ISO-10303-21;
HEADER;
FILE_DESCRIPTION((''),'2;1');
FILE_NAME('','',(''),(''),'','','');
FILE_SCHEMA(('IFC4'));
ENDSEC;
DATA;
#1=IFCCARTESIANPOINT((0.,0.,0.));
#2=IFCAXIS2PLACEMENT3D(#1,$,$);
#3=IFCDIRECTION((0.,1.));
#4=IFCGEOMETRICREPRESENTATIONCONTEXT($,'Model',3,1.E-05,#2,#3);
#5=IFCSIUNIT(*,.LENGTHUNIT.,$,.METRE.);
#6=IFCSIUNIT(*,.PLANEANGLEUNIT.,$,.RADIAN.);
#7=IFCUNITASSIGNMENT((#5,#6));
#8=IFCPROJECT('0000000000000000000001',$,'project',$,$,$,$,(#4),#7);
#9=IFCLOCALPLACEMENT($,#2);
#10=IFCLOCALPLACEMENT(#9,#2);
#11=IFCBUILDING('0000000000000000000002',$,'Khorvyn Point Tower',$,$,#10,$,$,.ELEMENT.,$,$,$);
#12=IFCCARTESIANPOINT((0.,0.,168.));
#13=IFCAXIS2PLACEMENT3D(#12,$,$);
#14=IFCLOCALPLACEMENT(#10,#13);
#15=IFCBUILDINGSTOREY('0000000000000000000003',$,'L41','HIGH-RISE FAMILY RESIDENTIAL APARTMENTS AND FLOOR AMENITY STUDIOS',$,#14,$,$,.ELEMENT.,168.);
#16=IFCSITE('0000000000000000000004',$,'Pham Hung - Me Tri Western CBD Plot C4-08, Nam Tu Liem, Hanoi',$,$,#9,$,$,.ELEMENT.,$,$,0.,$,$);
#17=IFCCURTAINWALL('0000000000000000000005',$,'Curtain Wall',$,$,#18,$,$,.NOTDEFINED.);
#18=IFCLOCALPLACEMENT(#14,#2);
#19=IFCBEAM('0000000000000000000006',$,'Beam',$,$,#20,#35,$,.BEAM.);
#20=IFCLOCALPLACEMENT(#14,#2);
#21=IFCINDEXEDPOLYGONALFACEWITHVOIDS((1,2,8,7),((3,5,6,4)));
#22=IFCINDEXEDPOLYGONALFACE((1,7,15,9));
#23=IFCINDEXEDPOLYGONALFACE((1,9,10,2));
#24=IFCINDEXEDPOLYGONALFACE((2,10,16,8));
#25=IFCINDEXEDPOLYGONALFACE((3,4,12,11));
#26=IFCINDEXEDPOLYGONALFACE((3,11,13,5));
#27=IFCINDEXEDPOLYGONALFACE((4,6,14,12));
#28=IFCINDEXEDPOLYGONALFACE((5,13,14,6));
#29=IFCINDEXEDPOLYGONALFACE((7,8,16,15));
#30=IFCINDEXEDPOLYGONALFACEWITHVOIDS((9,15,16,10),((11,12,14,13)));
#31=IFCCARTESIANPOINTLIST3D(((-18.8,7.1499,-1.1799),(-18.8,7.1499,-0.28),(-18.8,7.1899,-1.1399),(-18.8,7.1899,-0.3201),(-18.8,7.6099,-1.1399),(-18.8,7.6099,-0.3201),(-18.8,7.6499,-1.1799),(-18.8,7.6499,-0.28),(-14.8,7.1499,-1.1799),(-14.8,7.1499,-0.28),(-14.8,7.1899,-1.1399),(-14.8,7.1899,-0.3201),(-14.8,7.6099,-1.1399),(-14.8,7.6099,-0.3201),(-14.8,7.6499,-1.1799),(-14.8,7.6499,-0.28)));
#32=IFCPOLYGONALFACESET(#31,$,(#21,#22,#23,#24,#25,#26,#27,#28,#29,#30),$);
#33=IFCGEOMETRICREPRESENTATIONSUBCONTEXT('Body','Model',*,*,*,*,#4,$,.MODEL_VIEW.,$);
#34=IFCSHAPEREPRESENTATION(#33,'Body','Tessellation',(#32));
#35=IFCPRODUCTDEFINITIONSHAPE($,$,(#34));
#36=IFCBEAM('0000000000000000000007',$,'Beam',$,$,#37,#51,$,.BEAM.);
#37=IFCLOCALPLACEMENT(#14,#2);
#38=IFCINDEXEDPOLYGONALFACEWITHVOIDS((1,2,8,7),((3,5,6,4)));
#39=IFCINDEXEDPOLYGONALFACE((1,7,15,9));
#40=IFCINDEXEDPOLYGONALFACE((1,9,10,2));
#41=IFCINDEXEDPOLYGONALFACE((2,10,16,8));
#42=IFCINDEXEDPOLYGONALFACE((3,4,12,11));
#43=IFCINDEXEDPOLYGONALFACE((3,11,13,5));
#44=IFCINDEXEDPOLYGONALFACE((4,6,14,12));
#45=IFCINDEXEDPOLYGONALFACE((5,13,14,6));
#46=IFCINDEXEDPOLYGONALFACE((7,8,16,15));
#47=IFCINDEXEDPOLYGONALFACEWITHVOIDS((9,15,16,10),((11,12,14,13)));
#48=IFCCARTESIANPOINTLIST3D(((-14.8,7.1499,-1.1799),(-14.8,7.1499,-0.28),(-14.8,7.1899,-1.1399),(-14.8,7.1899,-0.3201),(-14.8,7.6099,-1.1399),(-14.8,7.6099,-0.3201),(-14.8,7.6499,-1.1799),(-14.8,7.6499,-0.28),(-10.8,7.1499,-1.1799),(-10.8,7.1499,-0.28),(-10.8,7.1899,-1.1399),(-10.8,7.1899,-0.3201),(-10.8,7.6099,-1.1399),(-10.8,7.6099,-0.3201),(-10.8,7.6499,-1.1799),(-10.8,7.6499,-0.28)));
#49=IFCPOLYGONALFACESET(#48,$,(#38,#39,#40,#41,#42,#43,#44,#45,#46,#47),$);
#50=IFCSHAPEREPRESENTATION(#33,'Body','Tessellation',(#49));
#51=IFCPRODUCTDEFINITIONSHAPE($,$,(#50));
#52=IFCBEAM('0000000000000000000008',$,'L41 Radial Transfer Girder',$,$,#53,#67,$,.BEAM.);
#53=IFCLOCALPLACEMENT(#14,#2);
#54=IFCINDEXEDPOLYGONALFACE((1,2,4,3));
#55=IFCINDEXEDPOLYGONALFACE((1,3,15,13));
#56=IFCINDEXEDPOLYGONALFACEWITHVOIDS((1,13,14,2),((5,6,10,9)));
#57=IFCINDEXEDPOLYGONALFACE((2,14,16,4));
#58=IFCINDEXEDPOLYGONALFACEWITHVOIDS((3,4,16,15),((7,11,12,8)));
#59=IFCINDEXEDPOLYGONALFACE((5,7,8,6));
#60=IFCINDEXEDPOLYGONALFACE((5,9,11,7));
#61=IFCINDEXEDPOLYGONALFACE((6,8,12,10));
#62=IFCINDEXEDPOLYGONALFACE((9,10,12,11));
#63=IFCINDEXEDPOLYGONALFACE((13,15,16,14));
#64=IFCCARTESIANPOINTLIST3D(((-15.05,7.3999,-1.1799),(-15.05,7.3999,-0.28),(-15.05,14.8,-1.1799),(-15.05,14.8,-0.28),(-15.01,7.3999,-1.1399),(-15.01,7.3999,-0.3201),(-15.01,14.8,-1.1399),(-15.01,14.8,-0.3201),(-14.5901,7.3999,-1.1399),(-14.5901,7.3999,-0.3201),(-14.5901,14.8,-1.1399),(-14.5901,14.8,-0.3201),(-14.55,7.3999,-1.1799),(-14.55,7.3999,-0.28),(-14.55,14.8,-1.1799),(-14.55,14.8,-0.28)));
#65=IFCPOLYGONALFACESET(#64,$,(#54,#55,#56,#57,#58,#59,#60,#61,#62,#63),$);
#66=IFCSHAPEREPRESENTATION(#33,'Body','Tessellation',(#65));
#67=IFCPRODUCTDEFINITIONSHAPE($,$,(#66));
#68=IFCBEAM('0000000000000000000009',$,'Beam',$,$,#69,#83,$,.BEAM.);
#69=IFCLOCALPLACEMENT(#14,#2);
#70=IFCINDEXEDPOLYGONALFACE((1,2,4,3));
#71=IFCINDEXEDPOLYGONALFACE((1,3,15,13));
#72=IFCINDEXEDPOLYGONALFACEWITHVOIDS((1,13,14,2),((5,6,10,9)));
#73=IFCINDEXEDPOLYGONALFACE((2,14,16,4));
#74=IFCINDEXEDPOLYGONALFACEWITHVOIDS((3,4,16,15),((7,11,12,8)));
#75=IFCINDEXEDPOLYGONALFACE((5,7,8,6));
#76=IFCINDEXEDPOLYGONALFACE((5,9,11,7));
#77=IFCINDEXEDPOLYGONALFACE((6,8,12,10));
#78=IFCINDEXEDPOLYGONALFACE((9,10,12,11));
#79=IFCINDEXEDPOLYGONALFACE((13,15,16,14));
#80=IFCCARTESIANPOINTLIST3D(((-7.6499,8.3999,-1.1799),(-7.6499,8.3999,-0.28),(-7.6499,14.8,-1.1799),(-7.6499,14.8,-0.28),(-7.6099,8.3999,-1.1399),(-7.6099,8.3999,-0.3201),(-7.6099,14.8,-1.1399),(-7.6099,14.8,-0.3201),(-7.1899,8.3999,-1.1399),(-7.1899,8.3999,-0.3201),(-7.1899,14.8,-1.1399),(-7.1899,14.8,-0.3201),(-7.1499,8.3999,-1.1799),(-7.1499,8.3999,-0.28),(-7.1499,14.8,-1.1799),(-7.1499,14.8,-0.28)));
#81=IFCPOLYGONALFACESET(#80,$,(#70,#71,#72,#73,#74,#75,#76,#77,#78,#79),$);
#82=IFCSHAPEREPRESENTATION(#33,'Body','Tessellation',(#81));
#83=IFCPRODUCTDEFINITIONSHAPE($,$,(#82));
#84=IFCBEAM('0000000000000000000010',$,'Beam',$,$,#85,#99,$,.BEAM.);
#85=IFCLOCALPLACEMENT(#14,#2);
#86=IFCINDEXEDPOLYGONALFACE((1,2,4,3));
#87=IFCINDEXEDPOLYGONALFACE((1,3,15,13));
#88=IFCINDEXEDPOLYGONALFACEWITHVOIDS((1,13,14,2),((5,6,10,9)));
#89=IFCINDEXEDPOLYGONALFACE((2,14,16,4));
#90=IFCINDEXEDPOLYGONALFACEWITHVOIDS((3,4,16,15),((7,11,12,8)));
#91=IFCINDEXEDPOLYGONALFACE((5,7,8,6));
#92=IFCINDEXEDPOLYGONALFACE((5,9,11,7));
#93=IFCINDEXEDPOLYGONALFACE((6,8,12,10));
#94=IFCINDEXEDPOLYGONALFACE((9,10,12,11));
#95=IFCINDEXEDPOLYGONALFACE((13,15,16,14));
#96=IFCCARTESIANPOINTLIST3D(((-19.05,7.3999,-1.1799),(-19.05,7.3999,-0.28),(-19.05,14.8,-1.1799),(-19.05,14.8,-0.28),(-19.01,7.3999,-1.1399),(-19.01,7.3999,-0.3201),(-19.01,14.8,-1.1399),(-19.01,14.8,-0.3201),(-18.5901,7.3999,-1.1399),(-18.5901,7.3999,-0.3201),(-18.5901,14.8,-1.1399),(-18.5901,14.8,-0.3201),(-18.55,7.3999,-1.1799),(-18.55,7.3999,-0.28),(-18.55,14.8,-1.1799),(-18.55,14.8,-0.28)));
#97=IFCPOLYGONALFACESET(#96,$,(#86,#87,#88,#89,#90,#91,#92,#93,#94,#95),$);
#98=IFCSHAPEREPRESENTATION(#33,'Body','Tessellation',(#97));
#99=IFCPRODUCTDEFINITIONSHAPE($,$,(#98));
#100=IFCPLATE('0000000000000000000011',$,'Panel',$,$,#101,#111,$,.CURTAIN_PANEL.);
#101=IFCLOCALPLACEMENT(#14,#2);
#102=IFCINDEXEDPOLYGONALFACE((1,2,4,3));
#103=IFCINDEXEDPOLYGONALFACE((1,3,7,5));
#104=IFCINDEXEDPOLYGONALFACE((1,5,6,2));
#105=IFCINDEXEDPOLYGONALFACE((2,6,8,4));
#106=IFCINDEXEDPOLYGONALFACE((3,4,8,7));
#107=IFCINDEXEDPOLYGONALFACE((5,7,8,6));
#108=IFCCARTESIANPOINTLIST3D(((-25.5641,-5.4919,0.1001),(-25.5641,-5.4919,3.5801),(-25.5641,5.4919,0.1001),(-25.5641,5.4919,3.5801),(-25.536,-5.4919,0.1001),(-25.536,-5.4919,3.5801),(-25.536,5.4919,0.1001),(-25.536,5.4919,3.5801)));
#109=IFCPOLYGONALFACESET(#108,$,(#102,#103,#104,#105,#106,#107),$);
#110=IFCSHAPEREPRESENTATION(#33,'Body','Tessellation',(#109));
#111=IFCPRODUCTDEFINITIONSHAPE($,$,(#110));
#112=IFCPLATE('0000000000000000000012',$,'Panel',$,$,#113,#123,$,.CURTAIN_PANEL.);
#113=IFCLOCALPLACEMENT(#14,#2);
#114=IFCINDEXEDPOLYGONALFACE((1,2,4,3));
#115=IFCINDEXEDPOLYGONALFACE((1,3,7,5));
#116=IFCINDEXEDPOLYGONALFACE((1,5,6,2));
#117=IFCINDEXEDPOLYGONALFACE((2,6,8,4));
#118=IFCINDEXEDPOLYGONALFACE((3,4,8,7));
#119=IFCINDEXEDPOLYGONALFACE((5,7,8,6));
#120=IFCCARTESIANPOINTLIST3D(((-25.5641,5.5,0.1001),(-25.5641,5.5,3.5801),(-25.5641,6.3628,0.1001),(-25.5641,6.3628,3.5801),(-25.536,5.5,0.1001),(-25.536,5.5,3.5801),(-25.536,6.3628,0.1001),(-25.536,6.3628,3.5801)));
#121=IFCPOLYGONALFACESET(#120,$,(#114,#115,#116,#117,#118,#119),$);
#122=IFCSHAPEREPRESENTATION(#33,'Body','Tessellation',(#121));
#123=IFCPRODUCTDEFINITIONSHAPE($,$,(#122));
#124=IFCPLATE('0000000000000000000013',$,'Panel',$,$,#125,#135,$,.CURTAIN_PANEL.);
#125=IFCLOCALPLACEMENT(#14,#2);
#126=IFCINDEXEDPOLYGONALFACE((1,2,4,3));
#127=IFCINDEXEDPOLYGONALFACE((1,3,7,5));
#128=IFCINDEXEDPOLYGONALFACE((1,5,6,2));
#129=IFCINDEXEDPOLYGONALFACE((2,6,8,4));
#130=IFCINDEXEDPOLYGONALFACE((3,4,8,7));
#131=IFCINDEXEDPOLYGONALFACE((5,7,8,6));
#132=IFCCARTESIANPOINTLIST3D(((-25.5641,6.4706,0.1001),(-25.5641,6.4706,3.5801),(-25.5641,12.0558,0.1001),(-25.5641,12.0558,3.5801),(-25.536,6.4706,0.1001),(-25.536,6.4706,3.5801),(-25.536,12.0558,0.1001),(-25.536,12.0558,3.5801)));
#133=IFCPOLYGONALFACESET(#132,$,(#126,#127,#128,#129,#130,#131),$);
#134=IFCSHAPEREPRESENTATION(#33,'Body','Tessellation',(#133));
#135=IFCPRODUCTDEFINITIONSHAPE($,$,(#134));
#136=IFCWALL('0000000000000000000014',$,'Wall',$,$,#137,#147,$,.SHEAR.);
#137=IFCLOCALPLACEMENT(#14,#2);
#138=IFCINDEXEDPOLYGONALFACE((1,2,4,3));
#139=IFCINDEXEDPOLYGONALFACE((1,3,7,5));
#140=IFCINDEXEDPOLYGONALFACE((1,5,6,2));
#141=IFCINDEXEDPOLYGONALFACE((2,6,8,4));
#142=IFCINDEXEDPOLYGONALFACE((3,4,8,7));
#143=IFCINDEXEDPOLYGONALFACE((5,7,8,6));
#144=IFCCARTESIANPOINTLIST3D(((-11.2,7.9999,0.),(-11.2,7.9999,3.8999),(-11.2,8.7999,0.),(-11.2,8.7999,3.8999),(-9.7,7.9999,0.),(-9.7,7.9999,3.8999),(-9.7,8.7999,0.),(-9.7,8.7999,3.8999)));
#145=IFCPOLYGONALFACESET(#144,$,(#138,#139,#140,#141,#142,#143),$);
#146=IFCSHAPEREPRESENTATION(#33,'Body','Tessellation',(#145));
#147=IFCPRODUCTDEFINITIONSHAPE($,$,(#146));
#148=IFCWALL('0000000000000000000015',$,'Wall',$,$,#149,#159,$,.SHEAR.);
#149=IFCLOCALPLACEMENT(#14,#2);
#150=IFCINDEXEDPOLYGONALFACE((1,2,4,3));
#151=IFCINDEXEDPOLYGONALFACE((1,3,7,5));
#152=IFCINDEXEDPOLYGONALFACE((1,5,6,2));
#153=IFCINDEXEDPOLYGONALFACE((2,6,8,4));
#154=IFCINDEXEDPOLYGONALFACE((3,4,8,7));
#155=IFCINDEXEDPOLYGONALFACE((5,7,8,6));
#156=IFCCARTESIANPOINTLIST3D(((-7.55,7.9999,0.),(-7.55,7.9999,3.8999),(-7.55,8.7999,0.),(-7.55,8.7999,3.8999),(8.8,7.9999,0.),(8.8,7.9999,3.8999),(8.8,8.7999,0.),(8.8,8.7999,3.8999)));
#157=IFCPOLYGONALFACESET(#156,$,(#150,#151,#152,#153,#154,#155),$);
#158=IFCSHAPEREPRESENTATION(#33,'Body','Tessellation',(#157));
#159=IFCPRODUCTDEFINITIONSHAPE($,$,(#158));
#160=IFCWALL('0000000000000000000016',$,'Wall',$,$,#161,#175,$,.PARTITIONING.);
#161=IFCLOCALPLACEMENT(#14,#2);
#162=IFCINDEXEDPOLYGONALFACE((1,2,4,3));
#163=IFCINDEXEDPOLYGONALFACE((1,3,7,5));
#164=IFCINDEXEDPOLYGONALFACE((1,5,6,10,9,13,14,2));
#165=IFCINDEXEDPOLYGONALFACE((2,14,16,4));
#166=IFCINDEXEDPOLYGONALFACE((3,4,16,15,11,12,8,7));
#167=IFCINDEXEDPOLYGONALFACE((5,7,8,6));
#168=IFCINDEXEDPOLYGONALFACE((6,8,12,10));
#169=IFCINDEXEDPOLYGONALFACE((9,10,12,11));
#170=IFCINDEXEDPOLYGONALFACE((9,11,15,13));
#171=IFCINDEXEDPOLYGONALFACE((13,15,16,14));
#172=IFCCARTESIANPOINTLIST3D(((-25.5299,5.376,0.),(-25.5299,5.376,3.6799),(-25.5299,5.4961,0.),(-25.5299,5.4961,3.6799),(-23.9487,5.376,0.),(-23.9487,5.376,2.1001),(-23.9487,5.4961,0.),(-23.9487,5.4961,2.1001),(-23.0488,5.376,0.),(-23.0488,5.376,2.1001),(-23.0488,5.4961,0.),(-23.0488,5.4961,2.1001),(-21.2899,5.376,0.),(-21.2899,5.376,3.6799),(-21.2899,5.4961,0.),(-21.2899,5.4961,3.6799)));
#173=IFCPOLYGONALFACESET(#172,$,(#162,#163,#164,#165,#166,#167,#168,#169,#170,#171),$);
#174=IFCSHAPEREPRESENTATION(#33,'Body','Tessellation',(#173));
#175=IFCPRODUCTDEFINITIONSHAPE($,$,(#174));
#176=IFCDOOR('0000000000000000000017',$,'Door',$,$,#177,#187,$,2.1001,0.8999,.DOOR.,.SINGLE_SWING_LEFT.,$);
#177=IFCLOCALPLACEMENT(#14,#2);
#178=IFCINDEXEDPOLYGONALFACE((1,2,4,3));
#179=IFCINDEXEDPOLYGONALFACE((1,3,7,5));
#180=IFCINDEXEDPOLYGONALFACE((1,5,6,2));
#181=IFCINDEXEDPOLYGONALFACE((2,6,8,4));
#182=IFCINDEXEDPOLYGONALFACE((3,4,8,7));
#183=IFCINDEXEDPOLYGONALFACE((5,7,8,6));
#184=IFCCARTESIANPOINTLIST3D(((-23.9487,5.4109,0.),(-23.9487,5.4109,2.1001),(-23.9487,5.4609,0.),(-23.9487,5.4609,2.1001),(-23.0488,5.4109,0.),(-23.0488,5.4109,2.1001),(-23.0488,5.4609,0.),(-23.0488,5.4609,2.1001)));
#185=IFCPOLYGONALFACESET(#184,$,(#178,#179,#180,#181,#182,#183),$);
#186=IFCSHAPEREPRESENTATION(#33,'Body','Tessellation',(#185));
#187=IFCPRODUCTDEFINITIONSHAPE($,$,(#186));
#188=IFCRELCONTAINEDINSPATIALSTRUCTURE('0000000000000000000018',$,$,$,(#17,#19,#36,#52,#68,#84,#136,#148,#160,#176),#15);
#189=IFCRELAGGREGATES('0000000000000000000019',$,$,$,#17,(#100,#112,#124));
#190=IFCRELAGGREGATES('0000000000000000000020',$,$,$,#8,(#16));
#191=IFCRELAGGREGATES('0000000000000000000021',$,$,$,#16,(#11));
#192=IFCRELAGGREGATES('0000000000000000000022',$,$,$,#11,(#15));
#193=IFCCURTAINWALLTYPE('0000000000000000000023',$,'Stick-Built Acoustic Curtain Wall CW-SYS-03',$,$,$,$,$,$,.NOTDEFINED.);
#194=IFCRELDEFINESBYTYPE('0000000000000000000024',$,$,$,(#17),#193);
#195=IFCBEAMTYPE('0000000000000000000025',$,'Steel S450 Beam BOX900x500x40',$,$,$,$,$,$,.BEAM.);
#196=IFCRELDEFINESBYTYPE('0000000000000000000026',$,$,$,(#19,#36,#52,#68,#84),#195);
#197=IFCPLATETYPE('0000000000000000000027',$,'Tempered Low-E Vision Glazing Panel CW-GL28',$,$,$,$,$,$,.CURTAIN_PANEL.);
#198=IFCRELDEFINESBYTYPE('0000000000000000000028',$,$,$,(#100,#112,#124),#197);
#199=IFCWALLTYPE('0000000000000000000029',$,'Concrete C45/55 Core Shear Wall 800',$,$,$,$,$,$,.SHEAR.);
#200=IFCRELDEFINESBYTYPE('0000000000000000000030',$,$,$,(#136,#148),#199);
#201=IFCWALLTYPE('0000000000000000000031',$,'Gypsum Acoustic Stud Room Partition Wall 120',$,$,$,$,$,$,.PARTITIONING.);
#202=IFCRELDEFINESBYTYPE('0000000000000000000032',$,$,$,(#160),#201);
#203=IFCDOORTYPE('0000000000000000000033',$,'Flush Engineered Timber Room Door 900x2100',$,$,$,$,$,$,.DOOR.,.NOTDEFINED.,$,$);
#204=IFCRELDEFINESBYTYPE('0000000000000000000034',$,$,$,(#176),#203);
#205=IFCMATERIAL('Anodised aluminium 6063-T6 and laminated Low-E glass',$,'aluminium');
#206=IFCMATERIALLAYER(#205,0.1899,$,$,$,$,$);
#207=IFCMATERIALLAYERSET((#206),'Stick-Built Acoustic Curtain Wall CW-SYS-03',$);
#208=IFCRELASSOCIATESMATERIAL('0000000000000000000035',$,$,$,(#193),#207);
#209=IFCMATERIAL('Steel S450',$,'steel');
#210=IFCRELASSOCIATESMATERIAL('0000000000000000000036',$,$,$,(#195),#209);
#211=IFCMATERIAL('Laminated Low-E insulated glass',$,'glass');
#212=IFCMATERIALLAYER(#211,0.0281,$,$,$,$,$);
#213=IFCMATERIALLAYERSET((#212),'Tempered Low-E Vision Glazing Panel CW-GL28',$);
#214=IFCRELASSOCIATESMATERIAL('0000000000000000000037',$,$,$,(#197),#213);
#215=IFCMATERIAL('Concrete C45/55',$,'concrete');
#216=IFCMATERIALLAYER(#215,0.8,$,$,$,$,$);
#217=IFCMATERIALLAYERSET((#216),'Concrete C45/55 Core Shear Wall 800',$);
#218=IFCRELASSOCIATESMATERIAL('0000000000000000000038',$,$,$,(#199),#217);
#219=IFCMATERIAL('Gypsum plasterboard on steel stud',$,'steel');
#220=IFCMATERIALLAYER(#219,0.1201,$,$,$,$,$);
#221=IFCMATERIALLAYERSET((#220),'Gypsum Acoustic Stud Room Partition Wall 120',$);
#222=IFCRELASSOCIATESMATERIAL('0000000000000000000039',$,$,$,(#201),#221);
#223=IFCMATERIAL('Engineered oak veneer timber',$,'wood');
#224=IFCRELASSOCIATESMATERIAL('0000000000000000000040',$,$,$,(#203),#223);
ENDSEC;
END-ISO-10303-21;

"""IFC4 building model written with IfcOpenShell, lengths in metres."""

from ifc_helpers import new_model, si_unit, direction, frame, frame_2d, origin, origin_2d, place, context, subcontext, project, spatial, rectangle, hollow_rectangle, extrude, material, layer, layer_set, material_profile, profile_set, type_object, element, fill, aggregate, save


model = new_model("IFC4")

# Units and contexts
model_context = context("Model", 3, precision=1e-05, world=origin(), true_north=direction((0.0, 1.0)))
body_context = subcontext(model_context, "Body", "Model", "MODEL_VIEW")
ifc_project = project(units=[si_unit("LENGTHUNIT", "METRE"), si_unit("PLANEANGLEUNIT", "RADIAN")], contexts=[model_context])

# Site, building, storey
site_placement = place(None, origin())
site = spatial("IfcSite", under=ifc_project, at=site_placement, Name="Pham Hung - Me Tri Western CBD Plot C4-08, Nam Tu Liem, Hanoi", CompositionType="ELEMENT", RefElevation=0.0)
building_placement = place(site_placement, origin())
building = spatial("IfcBuilding", under=site, at=building_placement, Name="Khorvyn Point Tower", CompositionType="ELEMENT")
storey_placement = place(building_placement, frame((0.0, 0.0, 168.0)))
storey = spatial("IfcBuildingStorey", under=building, at=storey_placement, Name="L41", Description="HIGH-RISE FAMILY RESIDENTIAL APARTMENTS AND FLOOR AMENITY STUDIOS", CompositionType="ELEMENT", Elevation=168.0)

# Shared definitions
ifc_material_1 = material(Name="Concrete C45/55", Category="concrete")
ifc_material_2 = material(Name="Steel S450", Category="steel")

# Curtain wall
ifc_material_3 = material(Name="Anodised aluminium 6063-T6 and laminated Low-E glass", Category="aluminium")
ifc_layer_1 = layer(ifc_material_3, 0.1899)
ifc_layer_set_1 = layer_set([ifc_layer_1], Name="Stick-Built Acoustic Curtain Wall CW-SYS-03")
curtain_wall_type = type_object("IfcCurtainWallType", Name="Stick-Built Acoustic Curtain Wall CW-SYS-03", PredefinedType="NOTDEFINED", material=ifc_layer_set_1)
curtain_wall_placement = place(storey_placement, origin())
curtain_wall = element("IfcCurtainWall", 1, at=curtain_wall_placement, inside=storey, type_object=curtain_wall_type, Name="Curtain Wall", PredefinedType="NOTDEFINED")

# Beams
ifc_material_profile_1 = material_profile(ifc_material_2, hollow_rectangle(XDim=0.5, YDim=0.8999, WallThickness=0.04, at=origin_2d()))
ifc_profile_set_1 = profile_set([ifc_material_profile_1], Name="Steel S450 BOX900x500x40")
beam_type_1 = type_object("IfcBeamType", Name="Steel S450 Beam BOX900x500x40", PredefinedType="BEAM", material=ifc_profile_set_1)
for number, where, z_axis, x_axis, name in (
    (2, (-18.8, 7.3999, -0.73), (1.0, 0.0, 0.0), (0.0, 1.0, 0.0), "Beam"),
    (3, (-14.8, 7.3999, -0.73), (1.0, 0.0, 0.0), (0.0, 1.0, 0.0), "Beam"),
):
    element("IfcBeam", number, at=place(storey_placement, frame(where, z_axis=z_axis, x_axis=x_axis)), inside=storey, type_object=beam_type_1, Name=name, PredefinedType="BEAM", context=body_context, shape_type="SweptSolid", body=[
        extrude(hollow_rectangle(XDim=0.5, YDim=0.8999, WallThickness=0.04, at=origin_2d()), origin(), (0.0, 0.0, 1.0), 4.0),
    ])
beam_1_placement = place(storey_placement, frame((-14.8, 7.3999, -0.73), z_axis=(0.0, 1.0, 0.0), x_axis=(-1.0, 0.0, 0.0)))
element("IfcBeam", 4, at=beam_1_placement, inside=storey, type_object=beam_type_1, Name="L41 Radial Transfer Girder", PredefinedType="BEAM", context=body_context, shape_type="SweptSolid", body=[
    extrude(hollow_rectangle(XDim=0.5, YDim=0.8999, WallThickness=0.04, at=origin_2d()), origin(), (0.0, 0.0, 1.0), 7.4001),
])
beam_2_placement = place(storey_placement, frame((-7.3999, 8.3999, -0.73), z_axis=(0.0, 1.0, 0.0), x_axis=(-1.0, 0.0, 0.0)))
element("IfcBeam", 5, at=beam_2_placement, inside=storey, type_object=beam_type_1, Name="Beam", PredefinedType="BEAM", context=body_context, shape_type="SweptSolid", body=[
    extrude(hollow_rectangle(XDim=0.5, YDim=0.8999, WallThickness=0.04, at=origin_2d()), origin(), (0.0, 0.0, 1.0), 6.4001),
])
beam_3_placement = place(storey_placement, frame((-18.8, 7.3999, -0.73), z_axis=(0.0, 1.0, 0.0), x_axis=(-1.0, 0.0, 0.0)))
element("IfcBeam", 6, at=beam_3_placement, inside=storey, type_object=beam_type_1, Name="Beam", PredefinedType="BEAM", context=body_context, shape_type="SweptSolid", body=[
    extrude(hollow_rectangle(XDim=0.5, YDim=0.8999, WallThickness=0.04, at=origin_2d()), origin(), (0.0, 0.0, 1.0), 7.4001),
])

# Plates
ifc_material_4 = material(Name="Laminated Low-E insulated glass", Category="glass")
ifc_layer_2 = layer(ifc_material_4, 0.0281)
ifc_layer_set_2 = layer_set([ifc_layer_2], Name="Tempered Low-E Vision Glazing Panel CW-GL28")
plate_type = type_object("IfcPlateType", Name="Tempered Low-E Vision Glazing Panel CW-GL28", PredefinedType="CURTAIN_PANEL", material=ifc_layer_set_2)
plate_1_placement = place(storey_placement, frame((-25.55, 0.0, 0.1001), z_axis=(0.0, 0.0, 1.0), x_axis=(0.0, 1.0, 0.0)))
plate_1 = element("IfcPlate", 7, at=plate_1_placement, type_object=plate_type, Name="Panel", PredefinedType="CURTAIN_PANEL", context=body_context, shape_type="SweptSolid", body=[
    extrude(rectangle(XDim=10.9839, YDim=0.0281, at=origin_2d()), origin(), (0.0, 0.0, 1.0), 3.48),
])
plate_2_placement = place(storey_placement, frame((-25.55, 5.9314, 0.1001), z_axis=(0.0, 0.0, 1.0), x_axis=(0.0, 1.0, 0.0)))
plate_2 = element("IfcPlate", 8, at=plate_2_placement, type_object=plate_type, Name="Panel", PredefinedType="CURTAIN_PANEL", context=body_context, shape_type="SweptSolid", body=[
    extrude(rectangle(XDim=0.8628, YDim=0.0281, at=origin_2d()), origin(), (0.0, 0.0, 1.0), 3.48),
])
plate_3_placement = place(storey_placement, frame((-25.55, 9.2632, 0.1001), z_axis=(0.0, 0.0, 1.0), x_axis=(0.0, 1.0, 0.0)))
plate_3 = element("IfcPlate", 9, at=plate_3_placement, type_object=plate_type, Name="Panel", PredefinedType="CURTAIN_PANEL", context=body_context, shape_type="SweptSolid", body=[
    extrude(rectangle(XDim=5.5852, YDim=0.0281, at=origin_2d()), origin(), (0.0, 0.0, 1.0), 3.48),
])
aggregate(curtain_wall, [plate_1, plate_2, plate_3])

# Walls
ifc_layer_3 = layer(ifc_material_1, 0.8)
ifc_layer_set_3 = layer_set([ifc_layer_3], Name="Concrete C45/55 Core Shear Wall 800")
wall_type_1 = type_object("IfcWallType", Name="Concrete C45/55 Core Shear Wall 800", PredefinedType="SHEAR", material=ifc_layer_set_3)
wall_1_placement = place(storey_placement, frame((-11.2, 8.3999, 0.0), z_axis=(0.0, 0.0, 1.0), x_axis=(1.0, 0.0, 0.0)))
element("IfcWall", 10, at=wall_1_placement, inside=storey, type_object=wall_type_1, Name="Wall", PredefinedType="SHEAR", context=body_context, shape_type="SweptSolid", body=[
    extrude(rectangle(XDim=1.5, YDim=0.8, at=frame_2d((0.75, 0.0))), origin(), (0.0, 0.0, 1.0), 3.8999),
])
wall_2_placement = place(storey_placement, frame((-7.55, 8.3999, 0.0), z_axis=(0.0, 0.0, 1.0), x_axis=(1.0, 0.0, 0.0)))
element("IfcWall", 11, at=wall_2_placement, inside=storey, type_object=wall_type_1, Name="Wall", PredefinedType="SHEAR", context=body_context, shape_type="SweptSolid", body=[
    extrude(rectangle(XDim=16.3501, YDim=0.8, at=frame_2d((8.175, 0.0))), origin(), (0.0, 0.0, 1.0), 3.8999),
])

# Wall, opening, door
ifc_material_5 = material(Name="Gypsum plasterboard on steel stud", Category="steel")
ifc_layer_4 = layer(ifc_material_5, 0.1201)
ifc_layer_set_4 = layer_set([ifc_layer_4], Name="Gypsum Acoustic Stud Room Partition Wall 120")
wall_type_2 = type_object("IfcWallType", Name="Gypsum Acoustic Stud Room Partition Wall 120", PredefinedType="PARTITIONING", material=ifc_layer_set_4)
wall_3_placement = place(storey_placement, frame((-25.53, 5.436, 0.0), z_axis=(0.0, 0.0, 1.0), x_axis=(1.0, 0.0, 0.0)))
wall_3 = element("IfcWall", 12, at=wall_3_placement, inside=storey, type_object=wall_type_2, Name="Wall", PredefinedType="PARTITIONING", context=body_context, shape_type="SweptSolid", body=[
    extrude(rectangle(XDim=4.24, YDim=0.1201, at=frame_2d((2.1201, 0.0))), origin(), (0.0, 0.0, 1.0), 3.6799),
])
opening_1_placement = place(wall_3_placement, frame((1.5813, 0.0, 0.0)))
opening_1 = element("IfcOpeningElement", 13, at=opening_1_placement, cuts=wall_3, PredefinedType="OPENING", context=body_context, shape_type="SweptSolid", body=[
    extrude(rectangle(XDim=0.8999, YDim=2.1001, at=frame_2d((0.45, 1.05))), frame((0.0, 0.0701, 0.0), z_axis=(0.0, -1.0, 0.0), x_axis=(1.0, 0.0, 0.0)), (0.0, 0.0, 1.0), 0.1401),
])
ifc_material_6 = material(Name="Engineered oak veneer timber", Category="wood")
door_type_1 = type_object("IfcDoorType", Name="Flush Engineered Timber Room Door 900x2100", OperationType="NOTDEFINED", PredefinedType="DOOR", material=ifc_material_6)
door_1_placement = place(opening_1_placement, origin())
door_1 = element("IfcDoor", 14, at=door_1_placement, inside=storey, type_object=door_type_1, Name="Door", OperationType="SINGLE_SWING_LEFT", OverallHeight=2.1001, OverallWidth=0.8999, PredefinedType="DOOR", context=body_context, shape_type="SweptSolid", body=[
    extrude(rectangle(XDim=0.8999, YDim=2.1001, at=frame_2d((0.45, 1.05))), frame((0.0, 0.0249, 0.0), z_axis=(0.0, -1.0, 0.0), x_axis=(1.0, 0.0, 0.0)), (0.0, 0.0, 1.0), 0.05),
])
fill(opening_1, door_1)

save(model, "model.ifc")
